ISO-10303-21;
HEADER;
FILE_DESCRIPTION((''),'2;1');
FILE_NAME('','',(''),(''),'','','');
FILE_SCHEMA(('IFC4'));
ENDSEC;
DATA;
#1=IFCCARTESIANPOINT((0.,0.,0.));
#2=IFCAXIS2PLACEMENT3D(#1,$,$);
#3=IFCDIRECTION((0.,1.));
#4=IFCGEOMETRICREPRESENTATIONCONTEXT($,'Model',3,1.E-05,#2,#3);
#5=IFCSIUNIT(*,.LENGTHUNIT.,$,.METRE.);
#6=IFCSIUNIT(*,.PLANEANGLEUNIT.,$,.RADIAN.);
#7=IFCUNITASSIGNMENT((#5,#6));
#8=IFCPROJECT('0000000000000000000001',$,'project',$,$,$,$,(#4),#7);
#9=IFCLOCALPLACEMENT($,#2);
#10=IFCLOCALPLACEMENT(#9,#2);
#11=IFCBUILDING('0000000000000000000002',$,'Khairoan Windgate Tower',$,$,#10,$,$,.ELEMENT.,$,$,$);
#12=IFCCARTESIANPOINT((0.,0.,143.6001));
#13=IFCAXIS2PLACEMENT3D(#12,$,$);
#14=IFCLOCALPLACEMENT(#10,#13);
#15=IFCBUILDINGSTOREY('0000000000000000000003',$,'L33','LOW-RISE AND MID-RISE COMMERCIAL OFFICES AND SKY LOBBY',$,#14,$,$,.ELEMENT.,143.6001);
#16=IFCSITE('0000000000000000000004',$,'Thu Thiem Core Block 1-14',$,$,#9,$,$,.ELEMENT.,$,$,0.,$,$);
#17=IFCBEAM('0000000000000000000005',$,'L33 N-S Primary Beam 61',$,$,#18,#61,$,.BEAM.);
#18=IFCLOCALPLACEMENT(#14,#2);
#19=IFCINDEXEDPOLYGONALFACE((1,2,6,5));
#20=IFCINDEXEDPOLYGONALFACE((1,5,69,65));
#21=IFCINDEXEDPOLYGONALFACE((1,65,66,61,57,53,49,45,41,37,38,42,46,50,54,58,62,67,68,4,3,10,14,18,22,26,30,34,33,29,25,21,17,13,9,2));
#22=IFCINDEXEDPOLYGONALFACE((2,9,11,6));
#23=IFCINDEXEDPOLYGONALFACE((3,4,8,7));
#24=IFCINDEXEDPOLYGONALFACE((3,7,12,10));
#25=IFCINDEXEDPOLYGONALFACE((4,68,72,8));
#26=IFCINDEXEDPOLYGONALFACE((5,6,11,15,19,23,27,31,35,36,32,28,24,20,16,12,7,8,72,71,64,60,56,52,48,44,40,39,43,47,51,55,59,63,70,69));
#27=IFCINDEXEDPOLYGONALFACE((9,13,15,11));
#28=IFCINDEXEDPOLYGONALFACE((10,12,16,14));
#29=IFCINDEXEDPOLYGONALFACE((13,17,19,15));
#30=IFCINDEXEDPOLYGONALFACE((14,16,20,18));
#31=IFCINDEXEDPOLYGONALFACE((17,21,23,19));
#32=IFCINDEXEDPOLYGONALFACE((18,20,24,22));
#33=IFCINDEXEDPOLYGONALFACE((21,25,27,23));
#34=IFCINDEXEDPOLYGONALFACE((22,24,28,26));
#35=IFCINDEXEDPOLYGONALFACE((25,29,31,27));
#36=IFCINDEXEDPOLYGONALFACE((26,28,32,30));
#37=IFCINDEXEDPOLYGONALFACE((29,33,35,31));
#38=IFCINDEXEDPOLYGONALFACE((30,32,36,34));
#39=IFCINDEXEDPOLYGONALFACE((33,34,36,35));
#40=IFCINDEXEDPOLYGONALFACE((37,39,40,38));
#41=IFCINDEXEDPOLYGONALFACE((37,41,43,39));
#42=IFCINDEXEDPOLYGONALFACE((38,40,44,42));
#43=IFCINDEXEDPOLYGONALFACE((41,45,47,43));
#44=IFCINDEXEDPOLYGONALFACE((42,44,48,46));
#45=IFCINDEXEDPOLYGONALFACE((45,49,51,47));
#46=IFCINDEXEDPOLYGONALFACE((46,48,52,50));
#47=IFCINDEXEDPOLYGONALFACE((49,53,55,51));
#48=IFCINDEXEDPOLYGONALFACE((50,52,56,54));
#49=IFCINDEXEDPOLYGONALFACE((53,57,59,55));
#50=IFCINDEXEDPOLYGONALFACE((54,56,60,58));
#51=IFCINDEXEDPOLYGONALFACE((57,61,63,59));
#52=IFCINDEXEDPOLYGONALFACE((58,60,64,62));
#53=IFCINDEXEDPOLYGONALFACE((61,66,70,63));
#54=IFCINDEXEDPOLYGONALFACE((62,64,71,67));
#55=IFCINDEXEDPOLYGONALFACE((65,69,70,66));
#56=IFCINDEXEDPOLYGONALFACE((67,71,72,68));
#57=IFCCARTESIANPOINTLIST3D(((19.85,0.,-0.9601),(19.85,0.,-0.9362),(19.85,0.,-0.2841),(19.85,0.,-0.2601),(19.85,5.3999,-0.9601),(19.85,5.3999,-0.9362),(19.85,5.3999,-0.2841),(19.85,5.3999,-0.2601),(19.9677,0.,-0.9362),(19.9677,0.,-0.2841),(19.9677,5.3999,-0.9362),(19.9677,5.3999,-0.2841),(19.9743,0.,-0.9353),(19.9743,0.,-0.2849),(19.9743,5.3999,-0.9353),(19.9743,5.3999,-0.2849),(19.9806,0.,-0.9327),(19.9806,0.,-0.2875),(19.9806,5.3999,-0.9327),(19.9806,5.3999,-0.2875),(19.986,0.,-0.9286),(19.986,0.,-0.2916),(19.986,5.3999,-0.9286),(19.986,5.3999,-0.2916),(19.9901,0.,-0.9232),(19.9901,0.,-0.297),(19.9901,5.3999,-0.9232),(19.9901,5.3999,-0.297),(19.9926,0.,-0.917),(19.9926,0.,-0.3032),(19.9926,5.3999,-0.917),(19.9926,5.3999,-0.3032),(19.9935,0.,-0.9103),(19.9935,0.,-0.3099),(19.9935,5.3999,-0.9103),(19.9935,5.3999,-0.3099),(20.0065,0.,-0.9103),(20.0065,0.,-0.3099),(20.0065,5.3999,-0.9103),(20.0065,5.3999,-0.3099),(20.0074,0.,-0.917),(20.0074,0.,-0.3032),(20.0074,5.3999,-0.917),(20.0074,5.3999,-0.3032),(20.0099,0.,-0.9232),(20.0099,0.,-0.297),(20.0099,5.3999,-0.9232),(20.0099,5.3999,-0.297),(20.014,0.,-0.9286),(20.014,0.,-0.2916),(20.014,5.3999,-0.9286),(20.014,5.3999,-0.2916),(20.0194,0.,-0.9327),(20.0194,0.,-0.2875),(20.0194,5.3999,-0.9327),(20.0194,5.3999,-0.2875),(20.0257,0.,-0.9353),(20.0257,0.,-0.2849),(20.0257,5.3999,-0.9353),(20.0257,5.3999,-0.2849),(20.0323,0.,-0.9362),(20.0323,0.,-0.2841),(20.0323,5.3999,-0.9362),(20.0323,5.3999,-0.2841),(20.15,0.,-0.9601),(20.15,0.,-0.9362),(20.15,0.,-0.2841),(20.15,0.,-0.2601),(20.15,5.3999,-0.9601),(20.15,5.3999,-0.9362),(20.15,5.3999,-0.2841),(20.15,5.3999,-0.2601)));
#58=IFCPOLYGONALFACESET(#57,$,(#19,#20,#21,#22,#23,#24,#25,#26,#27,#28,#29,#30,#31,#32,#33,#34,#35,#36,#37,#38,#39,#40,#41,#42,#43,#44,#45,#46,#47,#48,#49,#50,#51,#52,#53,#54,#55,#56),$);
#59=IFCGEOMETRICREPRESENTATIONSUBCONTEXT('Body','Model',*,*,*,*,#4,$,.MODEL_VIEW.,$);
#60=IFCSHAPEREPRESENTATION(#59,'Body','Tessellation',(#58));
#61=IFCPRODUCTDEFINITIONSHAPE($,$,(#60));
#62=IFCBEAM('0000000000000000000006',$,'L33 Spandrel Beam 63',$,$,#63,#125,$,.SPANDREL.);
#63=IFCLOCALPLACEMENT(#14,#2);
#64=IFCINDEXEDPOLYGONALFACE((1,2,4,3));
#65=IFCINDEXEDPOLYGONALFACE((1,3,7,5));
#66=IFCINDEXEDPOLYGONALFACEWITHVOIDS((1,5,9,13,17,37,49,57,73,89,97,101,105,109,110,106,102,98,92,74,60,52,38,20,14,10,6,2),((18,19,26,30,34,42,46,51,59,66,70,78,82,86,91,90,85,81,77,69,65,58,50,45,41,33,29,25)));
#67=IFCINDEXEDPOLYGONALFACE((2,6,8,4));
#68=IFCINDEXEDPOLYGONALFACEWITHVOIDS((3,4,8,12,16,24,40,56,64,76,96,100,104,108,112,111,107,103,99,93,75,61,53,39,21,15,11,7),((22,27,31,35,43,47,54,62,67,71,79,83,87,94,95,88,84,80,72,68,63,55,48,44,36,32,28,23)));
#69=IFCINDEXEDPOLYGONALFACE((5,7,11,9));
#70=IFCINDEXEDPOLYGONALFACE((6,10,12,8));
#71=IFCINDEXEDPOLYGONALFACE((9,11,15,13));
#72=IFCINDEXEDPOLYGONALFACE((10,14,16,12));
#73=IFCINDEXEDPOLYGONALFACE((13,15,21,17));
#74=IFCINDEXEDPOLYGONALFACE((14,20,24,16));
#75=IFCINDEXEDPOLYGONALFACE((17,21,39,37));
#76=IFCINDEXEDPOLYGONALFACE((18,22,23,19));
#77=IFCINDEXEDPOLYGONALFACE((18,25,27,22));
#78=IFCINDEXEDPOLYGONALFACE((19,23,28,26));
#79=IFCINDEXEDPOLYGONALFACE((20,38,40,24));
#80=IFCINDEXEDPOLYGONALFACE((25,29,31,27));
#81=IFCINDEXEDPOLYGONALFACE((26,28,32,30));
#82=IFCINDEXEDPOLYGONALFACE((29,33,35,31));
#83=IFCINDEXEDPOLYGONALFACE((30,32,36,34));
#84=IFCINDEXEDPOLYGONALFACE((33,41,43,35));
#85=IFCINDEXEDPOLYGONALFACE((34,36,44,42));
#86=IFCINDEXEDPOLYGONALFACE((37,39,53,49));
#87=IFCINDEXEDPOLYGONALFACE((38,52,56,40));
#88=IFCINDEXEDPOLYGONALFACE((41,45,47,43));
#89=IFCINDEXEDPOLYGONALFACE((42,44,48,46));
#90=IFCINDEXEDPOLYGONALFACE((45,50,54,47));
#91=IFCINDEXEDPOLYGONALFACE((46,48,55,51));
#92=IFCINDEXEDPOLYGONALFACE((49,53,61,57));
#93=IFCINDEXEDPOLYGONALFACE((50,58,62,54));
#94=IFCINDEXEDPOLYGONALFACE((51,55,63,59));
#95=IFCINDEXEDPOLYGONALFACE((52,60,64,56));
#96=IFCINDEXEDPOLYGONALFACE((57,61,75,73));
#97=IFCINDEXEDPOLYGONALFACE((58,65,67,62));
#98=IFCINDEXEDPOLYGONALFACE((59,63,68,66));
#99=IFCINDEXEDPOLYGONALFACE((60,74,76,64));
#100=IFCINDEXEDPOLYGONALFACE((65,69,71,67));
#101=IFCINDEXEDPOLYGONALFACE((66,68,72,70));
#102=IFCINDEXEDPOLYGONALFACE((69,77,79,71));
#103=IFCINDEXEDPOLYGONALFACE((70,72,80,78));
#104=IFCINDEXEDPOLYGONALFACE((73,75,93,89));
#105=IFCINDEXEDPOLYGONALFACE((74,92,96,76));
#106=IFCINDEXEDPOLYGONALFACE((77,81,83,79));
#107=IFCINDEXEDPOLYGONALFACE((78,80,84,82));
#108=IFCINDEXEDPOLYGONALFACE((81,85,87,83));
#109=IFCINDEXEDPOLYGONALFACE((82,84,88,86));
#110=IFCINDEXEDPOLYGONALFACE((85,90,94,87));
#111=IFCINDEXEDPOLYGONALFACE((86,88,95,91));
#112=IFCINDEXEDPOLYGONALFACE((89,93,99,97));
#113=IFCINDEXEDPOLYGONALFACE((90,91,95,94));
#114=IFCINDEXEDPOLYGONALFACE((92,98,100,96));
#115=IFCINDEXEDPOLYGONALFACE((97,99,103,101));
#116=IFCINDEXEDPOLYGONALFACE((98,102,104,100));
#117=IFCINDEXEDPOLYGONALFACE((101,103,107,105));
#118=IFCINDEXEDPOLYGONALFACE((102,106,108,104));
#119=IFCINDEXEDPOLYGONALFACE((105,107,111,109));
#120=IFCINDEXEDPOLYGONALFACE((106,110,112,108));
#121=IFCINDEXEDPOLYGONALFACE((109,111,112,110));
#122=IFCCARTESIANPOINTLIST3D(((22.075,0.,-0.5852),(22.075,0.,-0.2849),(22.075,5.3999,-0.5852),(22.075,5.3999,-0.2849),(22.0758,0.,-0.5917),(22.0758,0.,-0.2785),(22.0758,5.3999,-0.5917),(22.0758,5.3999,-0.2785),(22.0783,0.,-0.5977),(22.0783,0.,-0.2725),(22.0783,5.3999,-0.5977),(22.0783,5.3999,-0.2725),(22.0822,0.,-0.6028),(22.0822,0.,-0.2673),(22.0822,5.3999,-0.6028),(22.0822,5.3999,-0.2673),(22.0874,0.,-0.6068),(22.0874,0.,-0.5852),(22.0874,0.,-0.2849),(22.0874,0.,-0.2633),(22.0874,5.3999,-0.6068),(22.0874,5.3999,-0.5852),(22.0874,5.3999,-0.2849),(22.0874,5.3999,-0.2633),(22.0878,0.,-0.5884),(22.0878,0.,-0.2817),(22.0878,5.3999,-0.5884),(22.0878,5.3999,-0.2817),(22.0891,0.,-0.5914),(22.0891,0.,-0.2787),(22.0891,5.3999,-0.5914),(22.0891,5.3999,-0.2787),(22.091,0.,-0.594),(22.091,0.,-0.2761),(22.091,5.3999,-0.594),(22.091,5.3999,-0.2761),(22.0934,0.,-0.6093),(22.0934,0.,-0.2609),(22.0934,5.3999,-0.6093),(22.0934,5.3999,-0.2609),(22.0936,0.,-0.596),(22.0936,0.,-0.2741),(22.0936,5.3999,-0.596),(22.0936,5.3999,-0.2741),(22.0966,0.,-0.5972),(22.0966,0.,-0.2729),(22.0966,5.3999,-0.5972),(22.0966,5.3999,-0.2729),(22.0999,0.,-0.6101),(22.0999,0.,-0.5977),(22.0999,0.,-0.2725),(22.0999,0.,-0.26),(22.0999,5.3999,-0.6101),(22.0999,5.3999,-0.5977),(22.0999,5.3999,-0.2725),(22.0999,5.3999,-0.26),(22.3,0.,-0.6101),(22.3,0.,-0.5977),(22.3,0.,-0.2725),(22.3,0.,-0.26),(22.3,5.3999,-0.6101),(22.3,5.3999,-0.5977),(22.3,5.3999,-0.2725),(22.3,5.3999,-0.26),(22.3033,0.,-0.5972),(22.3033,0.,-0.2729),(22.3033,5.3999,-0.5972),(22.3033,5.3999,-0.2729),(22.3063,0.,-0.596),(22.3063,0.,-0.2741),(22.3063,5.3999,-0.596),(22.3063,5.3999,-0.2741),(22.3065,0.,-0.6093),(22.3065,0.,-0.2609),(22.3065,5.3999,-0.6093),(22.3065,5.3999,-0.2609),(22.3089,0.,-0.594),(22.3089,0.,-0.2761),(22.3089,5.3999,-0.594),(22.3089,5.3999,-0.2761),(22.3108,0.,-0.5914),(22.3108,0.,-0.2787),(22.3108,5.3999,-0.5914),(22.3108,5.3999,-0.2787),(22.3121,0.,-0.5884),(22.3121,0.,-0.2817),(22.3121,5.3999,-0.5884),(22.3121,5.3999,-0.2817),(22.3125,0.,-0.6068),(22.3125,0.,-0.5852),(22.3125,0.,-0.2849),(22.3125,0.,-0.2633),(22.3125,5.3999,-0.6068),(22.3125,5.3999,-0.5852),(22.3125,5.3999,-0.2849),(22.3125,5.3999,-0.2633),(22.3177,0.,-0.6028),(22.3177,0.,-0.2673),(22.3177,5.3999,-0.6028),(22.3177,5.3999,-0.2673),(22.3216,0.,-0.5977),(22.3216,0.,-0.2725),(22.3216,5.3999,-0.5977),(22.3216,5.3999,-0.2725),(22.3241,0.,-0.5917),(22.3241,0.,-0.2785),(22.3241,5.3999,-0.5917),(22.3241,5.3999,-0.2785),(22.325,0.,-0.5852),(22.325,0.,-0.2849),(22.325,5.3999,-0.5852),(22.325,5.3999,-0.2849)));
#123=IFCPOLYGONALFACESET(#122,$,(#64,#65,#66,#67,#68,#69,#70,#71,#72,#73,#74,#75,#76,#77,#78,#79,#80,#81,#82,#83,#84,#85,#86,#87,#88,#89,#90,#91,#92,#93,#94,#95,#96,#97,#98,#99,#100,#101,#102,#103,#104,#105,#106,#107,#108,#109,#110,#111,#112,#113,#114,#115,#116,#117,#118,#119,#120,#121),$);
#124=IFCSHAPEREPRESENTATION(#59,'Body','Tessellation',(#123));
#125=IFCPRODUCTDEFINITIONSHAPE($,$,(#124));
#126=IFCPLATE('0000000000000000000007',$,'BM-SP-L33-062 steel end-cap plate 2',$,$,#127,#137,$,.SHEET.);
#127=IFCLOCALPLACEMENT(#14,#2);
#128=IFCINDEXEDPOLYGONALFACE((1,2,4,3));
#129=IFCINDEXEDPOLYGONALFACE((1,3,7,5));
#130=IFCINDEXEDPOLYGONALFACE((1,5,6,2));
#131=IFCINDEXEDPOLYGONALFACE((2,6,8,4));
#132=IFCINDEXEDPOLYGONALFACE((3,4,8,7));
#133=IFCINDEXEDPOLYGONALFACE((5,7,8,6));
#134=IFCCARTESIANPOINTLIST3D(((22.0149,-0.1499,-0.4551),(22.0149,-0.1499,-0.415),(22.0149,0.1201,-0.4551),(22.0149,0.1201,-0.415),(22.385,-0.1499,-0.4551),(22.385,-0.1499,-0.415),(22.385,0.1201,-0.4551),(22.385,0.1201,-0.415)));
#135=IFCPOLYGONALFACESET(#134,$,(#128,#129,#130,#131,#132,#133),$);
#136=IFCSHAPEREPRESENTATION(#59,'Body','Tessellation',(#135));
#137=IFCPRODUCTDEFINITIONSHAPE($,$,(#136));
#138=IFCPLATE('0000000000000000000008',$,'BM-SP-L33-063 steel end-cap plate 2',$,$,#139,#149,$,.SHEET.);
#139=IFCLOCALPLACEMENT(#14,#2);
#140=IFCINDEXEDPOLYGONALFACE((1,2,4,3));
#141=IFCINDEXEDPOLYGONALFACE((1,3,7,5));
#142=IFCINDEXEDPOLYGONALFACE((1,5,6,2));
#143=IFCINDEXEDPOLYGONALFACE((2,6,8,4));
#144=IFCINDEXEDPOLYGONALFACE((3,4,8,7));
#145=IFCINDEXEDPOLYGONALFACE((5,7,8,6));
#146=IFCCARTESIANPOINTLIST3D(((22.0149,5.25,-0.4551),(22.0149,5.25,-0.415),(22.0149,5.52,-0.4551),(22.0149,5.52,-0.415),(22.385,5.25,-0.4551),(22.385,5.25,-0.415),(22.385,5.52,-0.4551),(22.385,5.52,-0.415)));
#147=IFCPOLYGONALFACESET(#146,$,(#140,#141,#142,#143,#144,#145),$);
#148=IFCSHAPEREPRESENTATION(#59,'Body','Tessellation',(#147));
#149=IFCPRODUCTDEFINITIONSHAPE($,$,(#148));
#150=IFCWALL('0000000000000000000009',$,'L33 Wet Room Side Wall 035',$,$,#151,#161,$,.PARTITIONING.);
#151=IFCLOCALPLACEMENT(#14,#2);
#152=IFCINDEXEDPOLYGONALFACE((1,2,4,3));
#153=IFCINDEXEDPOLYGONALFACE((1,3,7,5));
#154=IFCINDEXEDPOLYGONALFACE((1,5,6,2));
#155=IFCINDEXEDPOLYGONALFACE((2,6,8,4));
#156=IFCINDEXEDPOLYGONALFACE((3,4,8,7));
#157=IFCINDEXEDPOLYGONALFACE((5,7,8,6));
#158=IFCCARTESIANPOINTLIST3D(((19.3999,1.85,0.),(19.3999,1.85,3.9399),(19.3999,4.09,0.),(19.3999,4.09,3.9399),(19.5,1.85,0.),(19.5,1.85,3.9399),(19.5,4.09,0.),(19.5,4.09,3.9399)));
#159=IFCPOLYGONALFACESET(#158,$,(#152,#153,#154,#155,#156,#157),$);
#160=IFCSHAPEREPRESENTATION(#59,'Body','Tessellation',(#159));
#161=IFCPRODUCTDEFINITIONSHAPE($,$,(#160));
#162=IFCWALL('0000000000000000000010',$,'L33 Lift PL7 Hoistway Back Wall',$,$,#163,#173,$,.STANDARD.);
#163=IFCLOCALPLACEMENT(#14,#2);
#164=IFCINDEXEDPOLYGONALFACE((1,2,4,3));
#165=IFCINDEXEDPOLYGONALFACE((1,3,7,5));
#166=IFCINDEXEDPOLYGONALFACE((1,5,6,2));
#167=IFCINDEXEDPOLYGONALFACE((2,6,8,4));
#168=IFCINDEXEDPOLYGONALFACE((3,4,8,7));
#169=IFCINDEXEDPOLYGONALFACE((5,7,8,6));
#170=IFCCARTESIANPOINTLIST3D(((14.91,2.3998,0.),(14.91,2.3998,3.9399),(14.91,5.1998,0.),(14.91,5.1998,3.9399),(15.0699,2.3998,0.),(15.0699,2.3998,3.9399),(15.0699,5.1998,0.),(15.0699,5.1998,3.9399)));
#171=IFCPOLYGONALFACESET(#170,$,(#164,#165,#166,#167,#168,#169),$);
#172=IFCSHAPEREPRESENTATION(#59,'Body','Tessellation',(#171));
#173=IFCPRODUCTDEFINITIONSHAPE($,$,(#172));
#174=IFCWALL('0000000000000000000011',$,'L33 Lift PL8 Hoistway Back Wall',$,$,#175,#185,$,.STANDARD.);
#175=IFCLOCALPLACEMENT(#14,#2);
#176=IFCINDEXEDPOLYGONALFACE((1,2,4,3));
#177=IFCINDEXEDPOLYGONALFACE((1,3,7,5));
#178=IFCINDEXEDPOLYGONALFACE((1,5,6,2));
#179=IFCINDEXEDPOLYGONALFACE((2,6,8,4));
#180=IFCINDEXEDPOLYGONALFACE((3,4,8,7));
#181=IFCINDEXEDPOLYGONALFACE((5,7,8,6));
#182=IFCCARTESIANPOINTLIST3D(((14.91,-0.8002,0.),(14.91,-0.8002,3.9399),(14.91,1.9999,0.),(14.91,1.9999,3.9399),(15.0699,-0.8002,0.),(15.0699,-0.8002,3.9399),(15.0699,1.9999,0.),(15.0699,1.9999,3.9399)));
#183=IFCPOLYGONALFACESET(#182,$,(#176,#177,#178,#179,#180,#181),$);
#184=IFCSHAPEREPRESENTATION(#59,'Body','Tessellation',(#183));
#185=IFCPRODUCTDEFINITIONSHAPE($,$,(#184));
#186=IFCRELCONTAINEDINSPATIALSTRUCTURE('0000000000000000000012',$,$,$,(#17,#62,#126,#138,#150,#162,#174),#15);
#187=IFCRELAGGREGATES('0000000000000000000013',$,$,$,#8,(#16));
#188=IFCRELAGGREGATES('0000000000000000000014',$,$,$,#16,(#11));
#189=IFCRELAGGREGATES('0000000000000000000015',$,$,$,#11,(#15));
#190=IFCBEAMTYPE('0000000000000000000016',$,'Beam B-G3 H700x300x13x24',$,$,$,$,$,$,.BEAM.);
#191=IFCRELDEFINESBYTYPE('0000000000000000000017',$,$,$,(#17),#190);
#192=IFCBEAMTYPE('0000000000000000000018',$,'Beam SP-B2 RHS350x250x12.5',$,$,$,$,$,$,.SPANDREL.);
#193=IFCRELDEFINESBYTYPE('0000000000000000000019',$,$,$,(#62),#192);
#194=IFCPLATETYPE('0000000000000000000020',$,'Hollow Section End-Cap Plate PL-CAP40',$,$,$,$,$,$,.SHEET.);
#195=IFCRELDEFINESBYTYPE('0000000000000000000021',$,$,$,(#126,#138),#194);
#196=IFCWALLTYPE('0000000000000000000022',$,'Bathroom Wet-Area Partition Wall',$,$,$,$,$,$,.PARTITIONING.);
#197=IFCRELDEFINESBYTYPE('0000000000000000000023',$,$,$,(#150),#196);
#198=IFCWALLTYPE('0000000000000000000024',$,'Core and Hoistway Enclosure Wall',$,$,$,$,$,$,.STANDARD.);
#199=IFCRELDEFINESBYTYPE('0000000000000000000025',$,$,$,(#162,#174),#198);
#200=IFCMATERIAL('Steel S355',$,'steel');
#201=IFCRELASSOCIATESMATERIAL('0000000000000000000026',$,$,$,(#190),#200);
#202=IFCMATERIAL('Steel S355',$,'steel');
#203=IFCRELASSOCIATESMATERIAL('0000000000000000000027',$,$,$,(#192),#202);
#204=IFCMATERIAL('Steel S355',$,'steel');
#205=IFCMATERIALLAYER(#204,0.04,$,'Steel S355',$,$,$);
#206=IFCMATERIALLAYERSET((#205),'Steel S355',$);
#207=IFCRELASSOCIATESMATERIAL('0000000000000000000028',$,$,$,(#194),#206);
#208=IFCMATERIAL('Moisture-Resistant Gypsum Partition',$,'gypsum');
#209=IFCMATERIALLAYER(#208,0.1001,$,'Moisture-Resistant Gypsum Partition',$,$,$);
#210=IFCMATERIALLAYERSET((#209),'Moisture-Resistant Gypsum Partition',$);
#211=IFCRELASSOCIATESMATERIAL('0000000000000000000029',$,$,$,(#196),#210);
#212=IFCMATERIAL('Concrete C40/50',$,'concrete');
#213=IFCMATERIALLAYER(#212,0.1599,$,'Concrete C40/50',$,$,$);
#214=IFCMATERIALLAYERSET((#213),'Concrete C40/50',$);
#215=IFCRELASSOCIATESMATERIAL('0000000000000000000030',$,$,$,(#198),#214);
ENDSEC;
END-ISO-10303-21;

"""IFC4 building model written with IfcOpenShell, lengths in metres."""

from ifc_helpers import new_model, si_unit, direction, frame, frame_2d, origin, origin_2d, place, context, subcontext, project, spatial, rectangle, hollow_rectangle, i_section, extrude, material, layer, layer_set, material_profile, profile_set, type_object, element, save


model = new_model("IFC4")

# Units and contexts
model_context = context("Model", 3, precision=1e-05, world=origin(), true_north=direction((0.0, 1.0)))
body_context = subcontext(model_context, "Body", "Model", "MODEL_VIEW")
ifc_project = project(units=[si_unit("LENGTHUNIT", "METRE"), si_unit("PLANEANGLEUNIT", "RADIAN")], contexts=[model_context])

# Site, building, storey
site_placement = place(None, origin())
site = spatial("IfcSite", under=ifc_project, at=site_placement, Name="Thu Thiem Core Block 1-14", CompositionType="ELEMENT", RefElevation=0.0)
building_placement = place(site_placement, origin())
building = spatial("IfcBuilding", under=site, at=building_placement, Name="Khairoan Windgate Tower", CompositionType="ELEMENT")
storey_placement = place(building_placement, frame((0.0, 0.0, 143.6001)))
storey = spatial("IfcBuildingStorey", under=building, at=storey_placement, Name="L33", Description="LOW-RISE AND MID-RISE COMMERCIAL OFFICES AND SKY LOBBY", CompositionType="ELEMENT", Elevation=143.6001)

# Beams
ifc_material_1 = material(Name="Steel S355", Category="steel")
ifc_material_profile_1 = material_profile(ifc_material_1, i_section(OverallWidth=0.3, OverallDepth=0.7, WebThickness=0.0129, FlangeThickness=0.0239, FilletRadius=0.0259, at=origin_2d()))
ifc_profile_set_1 = profile_set([ifc_material_profile_1], Name="Steel S355")
beam_type_1 = type_object("IfcBeamType", Name="Beam B-G3 H700x300x13x24", PredefinedType="BEAM", material=ifc_profile_set_1)
beam_1_placement = place(storey_placement, frame((20.0, 0.0, -0.6101), z_axis=(0.0, 1.0, 0.0), x_axis=(-1.0, 0.0, 0.0)))
element("IfcBeam", 1, at=beam_1_placement, inside=storey, type_object=beam_type_1, Name="L33 N-S Primary Beam 61", PredefinedType="BEAM", context=body_context, shape_type="SweptSolid", body=[
    extrude(i_section(OverallWidth=0.3, OverallDepth=0.7, WebThickness=0.0129, FlangeThickness=0.0239, FilletRadius=0.0259, at=origin_2d()), origin(), (0.0, 0.0, 1.0), 5.3999),
])
ifc_material_2 = material(Name="Steel S355", Category="steel")
ifc_material_profile_2 = material_profile(ifc_material_2, hollow_rectangle(XDim=0.25, YDim=0.3501, WallThickness=0.0125, InnerFilletRadius=0.0125, OuterFilletRadius=0.0249, at=origin_2d()))
ifc_profile_set_2 = profile_set([ifc_material_profile_2], Name="Steel S355")
beam_type_2 = type_object("IfcBeamType", Name="Beam SP-B2 RHS350x250x12.5", PredefinedType="SPANDREL", material=ifc_profile_set_2)
beam_2_placement = place(storey_placement, frame((22.2, 0.0, -0.4351), z_axis=(0.0, 1.0, 0.0), x_axis=(-1.0, 0.0, 0.0)))
element("IfcBeam", 2, at=beam_2_placement, inside=storey, type_object=beam_type_2, Name="L33 Spandrel Beam 63", PredefinedType="SPANDREL", context=body_context, shape_type="SweptSolid", body=[
    extrude(hollow_rectangle(XDim=0.25, YDim=0.3501, WallThickness=0.0125, InnerFilletRadius=0.0125, OuterFilletRadius=0.0249, at=origin_2d()), origin(), (0.0, 0.0, 1.0), 5.3999),
])

# Plates
ifc_material_3 = material(Name="Steel S355", Category="steel")
ifc_layer_1 = layer(ifc_material_3, 0.04, Name="Steel S355")
ifc_layer_set_1 = layer_set([ifc_layer_1], Name="Steel S355")
plate_type = type_object("IfcPlateType", Name="Hollow Section End-Cap Plate PL-CAP40", PredefinedType="SHEET", material=ifc_layer_set_1)
for number, where, z_axis, x_axis, name in (
    (3, (22.2, -0.0149, -0.4551), (0.0, 0.0, 1.0), (0.0, 1.0, 0.0), "BM-SP-L33-062 steel end-cap plate 2"),
    (4, (22.2, 5.385, -0.4551), (0.0, 0.0, 1.0), (0.0, 1.0, 0.0), "BM-SP-L33-063 steel end-cap plate 2"),
):
    element("IfcPlate", number, at=place(storey_placement, frame(where, z_axis=z_axis, x_axis=x_axis)), inside=storey, type_object=plate_type, Name=name, PredefinedType="SHEET", context=body_context, shape_type="SweptSolid", body=[
        extrude(rectangle(XDim=0.27, YDim=0.3701, at=origin_2d()), origin(), (0.0, 0.0, 1.0), 0.04),
    ])

# Walls
ifc_material_4 = material(Name="Moisture-Resistant Gypsum Partition", Category="gypsum")
ifc_layer_2 = layer(ifc_material_4, 0.1001, Name="Moisture-Resistant Gypsum Partition")
ifc_layer_set_2 = layer_set([ifc_layer_2], Name="Moisture-Resistant Gypsum Partition")
wall_type_1 = type_object("IfcWallType", Name="Bathroom Wet-Area Partition Wall", PredefinedType="PARTITIONING", material=ifc_layer_set_2)
wall_1_placement = place(storey_placement, frame((19.45, 4.0901, 0.0), z_axis=(0.0, 0.0, 1.0), x_axis=(0.0, -1.0, 0.0)))
element("IfcWall", 5, at=wall_1_placement, inside=storey, type_object=wall_type_1, Name="L33 Wet Room Side Wall 035", PredefinedType="PARTITIONING", context=body_context, shape_type="SweptSolid", body=[
    extrude(rectangle(XDim=2.24, YDim=0.1001, at=frame_2d((1.1201, 0.0))), origin(), (0.0, 0.0, 1.0), 3.9399),
])
ifc_material_5 = material(Name="Concrete C40/50", Category="concrete")
ifc_layer_3 = layer(ifc_material_5, 0.1599, Name="Concrete C40/50")
ifc_layer_set_3 = layer_set([ifc_layer_3], Name="Concrete C40/50")
wall_type_2 = type_object("IfcWallType", Name="Core and Hoistway Enclosure Wall", PredefinedType="STANDARD", material=ifc_layer_set_3)
for number, where, z_axis, x_axis, name in (
    (6, (14.99, 2.3999, 0.0), (0.0, 0.0, 1.0), (0.0, 1.0, 0.0), "L33 Lift PL7 Hoistway Back Wall"),
    (7, (14.99, -0.8, 0.0), (0.0, 0.0, 1.0), (0.0, 1.0, 0.0), "L33 Lift PL8 Hoistway Back Wall"),
):
    element("IfcWall", number, at=place(storey_placement, frame(where, z_axis=z_axis, x_axis=x_axis)), inside=storey, type_object=wall_type_2, Name=name, PredefinedType="STANDARD", context=body_context, shape_type="SweptSolid", body=[
        extrude(rectangle(XDim=2.8, YDim=0.1599, at=frame_2d((1.3999, 0.0))), origin(), (0.0, 0.0, 1.0), 3.9399),
    ])

save(model, "model.ifc")
